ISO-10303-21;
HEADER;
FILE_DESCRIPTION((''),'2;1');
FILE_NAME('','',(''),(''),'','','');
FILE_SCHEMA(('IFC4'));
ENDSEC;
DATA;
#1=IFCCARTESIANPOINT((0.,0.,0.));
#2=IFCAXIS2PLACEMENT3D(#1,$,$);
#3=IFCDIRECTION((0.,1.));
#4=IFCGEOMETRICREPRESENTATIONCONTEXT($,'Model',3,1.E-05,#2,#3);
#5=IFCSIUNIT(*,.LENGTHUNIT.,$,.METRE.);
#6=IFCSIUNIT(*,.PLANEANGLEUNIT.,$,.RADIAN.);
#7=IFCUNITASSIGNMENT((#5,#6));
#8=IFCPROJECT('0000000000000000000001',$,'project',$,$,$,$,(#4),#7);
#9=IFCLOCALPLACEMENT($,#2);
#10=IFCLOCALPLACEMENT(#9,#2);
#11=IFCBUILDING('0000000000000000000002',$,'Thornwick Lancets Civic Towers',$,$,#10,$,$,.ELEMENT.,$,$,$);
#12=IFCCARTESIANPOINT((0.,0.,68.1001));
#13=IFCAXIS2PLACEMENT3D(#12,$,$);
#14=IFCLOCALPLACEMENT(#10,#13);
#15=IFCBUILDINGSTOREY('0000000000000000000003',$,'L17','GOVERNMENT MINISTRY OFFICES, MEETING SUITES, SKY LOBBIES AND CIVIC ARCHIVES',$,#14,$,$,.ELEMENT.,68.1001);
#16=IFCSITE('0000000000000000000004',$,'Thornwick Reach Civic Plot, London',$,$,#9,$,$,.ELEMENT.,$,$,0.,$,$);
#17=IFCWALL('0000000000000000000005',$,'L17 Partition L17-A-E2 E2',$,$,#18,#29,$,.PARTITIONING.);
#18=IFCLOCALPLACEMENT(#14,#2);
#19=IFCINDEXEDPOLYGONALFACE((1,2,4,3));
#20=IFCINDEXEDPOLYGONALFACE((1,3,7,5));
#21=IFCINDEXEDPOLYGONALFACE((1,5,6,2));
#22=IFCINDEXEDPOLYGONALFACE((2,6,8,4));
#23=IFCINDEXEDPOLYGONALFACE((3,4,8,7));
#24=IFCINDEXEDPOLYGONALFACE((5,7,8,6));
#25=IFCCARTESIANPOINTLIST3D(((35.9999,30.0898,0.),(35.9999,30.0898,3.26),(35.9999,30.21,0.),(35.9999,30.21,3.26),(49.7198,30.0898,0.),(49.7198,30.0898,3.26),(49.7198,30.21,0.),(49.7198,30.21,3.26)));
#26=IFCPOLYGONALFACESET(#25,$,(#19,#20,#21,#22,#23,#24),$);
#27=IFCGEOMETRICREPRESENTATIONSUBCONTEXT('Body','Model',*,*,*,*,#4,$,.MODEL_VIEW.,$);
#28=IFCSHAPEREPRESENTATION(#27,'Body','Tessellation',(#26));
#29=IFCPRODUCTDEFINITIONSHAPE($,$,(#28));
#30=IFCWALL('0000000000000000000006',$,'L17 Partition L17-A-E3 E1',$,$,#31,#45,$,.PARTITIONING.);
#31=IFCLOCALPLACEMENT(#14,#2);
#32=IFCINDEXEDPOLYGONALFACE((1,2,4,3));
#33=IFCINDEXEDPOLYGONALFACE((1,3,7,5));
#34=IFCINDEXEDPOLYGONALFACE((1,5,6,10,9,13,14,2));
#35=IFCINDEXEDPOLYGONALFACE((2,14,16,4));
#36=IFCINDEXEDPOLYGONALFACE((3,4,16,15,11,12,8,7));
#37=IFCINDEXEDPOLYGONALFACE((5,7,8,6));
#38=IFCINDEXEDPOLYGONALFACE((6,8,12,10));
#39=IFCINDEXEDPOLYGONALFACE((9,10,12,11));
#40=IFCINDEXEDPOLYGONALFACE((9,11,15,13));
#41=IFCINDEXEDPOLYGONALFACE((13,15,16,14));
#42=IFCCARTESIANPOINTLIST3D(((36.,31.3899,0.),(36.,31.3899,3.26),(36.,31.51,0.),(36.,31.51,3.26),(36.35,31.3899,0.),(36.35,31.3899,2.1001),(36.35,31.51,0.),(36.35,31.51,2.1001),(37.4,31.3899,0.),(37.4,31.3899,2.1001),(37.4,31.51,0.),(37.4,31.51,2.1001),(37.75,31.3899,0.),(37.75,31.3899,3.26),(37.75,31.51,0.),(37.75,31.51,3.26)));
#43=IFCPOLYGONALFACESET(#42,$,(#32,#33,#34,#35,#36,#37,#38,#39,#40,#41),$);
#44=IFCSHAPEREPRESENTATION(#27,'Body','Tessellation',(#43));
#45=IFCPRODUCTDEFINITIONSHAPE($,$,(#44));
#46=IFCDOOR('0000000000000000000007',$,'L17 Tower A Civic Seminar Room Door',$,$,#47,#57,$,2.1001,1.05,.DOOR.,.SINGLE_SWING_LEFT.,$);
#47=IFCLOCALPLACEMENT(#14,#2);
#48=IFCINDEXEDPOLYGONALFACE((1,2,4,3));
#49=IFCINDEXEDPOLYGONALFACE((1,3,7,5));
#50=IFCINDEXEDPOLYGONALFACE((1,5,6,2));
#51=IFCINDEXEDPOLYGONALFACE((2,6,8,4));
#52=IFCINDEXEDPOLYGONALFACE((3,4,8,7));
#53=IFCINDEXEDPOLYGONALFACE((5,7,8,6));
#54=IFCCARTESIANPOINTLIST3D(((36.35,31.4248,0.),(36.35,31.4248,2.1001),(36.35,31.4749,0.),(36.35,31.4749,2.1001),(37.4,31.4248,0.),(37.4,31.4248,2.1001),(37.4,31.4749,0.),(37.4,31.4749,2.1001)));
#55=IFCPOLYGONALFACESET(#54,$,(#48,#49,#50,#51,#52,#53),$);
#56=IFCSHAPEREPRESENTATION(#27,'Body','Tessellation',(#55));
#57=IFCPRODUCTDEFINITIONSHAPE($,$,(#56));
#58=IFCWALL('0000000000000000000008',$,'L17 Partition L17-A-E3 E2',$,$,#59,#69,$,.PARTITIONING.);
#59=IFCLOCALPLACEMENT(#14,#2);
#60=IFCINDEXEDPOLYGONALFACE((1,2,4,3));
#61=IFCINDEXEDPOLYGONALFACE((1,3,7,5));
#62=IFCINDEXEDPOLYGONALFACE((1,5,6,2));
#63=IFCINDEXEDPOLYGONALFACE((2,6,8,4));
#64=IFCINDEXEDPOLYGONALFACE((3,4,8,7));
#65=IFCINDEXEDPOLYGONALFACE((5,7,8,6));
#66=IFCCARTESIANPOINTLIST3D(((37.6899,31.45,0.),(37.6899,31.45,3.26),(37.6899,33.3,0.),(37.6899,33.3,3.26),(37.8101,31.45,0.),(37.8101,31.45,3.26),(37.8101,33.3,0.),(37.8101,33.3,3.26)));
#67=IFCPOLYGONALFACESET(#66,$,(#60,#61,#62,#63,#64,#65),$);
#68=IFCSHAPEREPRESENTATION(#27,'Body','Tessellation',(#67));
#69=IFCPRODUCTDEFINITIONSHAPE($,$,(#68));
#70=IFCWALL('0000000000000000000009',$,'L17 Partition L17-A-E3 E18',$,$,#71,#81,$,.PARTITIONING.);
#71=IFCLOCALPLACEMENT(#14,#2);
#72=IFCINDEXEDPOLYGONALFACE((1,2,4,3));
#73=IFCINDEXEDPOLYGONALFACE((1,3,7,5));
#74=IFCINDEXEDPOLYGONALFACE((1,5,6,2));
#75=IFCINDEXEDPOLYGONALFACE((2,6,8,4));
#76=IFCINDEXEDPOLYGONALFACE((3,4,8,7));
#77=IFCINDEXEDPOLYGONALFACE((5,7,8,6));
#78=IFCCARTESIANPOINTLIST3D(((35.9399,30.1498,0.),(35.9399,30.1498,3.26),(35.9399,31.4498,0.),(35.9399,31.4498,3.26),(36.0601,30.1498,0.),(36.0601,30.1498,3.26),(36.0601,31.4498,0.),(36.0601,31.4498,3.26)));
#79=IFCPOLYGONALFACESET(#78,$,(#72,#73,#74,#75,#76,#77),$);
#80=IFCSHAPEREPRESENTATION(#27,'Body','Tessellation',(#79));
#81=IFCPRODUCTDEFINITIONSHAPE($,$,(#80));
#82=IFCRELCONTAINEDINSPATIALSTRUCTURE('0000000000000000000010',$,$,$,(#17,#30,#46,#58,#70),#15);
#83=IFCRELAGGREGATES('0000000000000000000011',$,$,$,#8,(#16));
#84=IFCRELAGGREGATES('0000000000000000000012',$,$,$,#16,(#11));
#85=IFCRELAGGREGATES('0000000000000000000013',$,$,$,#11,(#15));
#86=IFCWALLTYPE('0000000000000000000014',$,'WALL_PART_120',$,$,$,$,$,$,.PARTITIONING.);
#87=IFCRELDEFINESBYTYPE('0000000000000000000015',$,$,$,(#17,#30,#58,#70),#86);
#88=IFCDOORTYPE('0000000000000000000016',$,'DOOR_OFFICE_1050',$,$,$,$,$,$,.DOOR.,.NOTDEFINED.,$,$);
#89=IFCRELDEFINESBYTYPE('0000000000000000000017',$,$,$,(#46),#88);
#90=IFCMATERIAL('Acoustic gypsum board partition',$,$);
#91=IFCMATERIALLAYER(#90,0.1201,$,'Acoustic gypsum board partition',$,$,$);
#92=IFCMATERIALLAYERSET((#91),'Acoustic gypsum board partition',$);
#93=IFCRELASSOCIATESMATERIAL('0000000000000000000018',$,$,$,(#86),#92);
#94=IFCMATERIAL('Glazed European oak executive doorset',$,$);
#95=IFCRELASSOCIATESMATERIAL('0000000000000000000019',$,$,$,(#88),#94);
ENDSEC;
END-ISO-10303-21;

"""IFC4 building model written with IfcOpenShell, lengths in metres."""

from ifc_helpers import new_model, si_unit, direction, frame, frame_2d, origin, place, context, subcontext, project, spatial, rectangle, extrude, material, layer, layer_set, type_object, element, fill, save


model = new_model("IFC4")

# Units and contexts
model_context = context("Model", 3, precision=1e-05, world=origin(), true_north=direction((0.0, 1.0)))
body_context = subcontext(model_context, "Body", "Model", "MODEL_VIEW")
ifc_project = project(units=[si_unit("LENGTHUNIT", "METRE"), si_unit("PLANEANGLEUNIT", "RADIAN")], contexts=[model_context])

# Site, building, storey
site_placement = place(None, origin())
site = spatial("IfcSite", under=ifc_project, at=site_placement, Name="Thornwick Reach Civic Plot, London", CompositionType="ELEMENT", RefElevation=0.0)
building_placement = place(site_placement, origin())
building = spatial("IfcBuilding", under=site, at=building_placement, Name="Thornwick Lancets Civic Towers", CompositionType="ELEMENT")
storey_placement = place(building_placement, frame((0.0, 0.0, 68.1001)))
storey = spatial("IfcBuildingStorey", under=building, at=storey_placement, Name="L17", Description="GOVERNMENT MINISTRY OFFICES, MEETING SUITES, SKY LOBBIES AND CIVIC ARCHIVES", CompositionType="ELEMENT", Elevation=68.1001)

# Shared definitions
ifc_material_1 = material(Name="Acoustic gypsum board partition")
ifc_layer = layer(ifc_material_1, 0.1201, Name="Acoustic gypsum board partition")
ifc_layer_set = layer_set([ifc_layer], Name="Acoustic gypsum board partition")
wall_type = type_object("IfcWallType", Name="WALL_PART_120", PredefinedType="PARTITIONING", material=ifc_layer_set)

# Shared definitions
ifc_material_2 = material(Name="Glazed European oak executive doorset")
door_type_1 = type_object("IfcDoorType", Name="DOOR_OFFICE_1050", OperationType="NOTDEFINED", PredefinedType="DOOR", material=ifc_material_2)

# Wall
wall_1_placement = place(storey_placement, frame((36.0, 30.1499, 0.0), z_axis=(0.0, 0.0, 1.0), x_axis=(1.0, 0.0, 0.0)))
element("IfcWall", 1, at=wall_1_placement, inside=storey, type_object=wall_type, Name="L17 Partition L17-A-E2 E2", PredefinedType="PARTITIONING", context=body_context, shape_type="SweptSolid", body=[
    extrude(rectangle(XDim=13.72, YDim=0.1201, at=frame_2d((6.8599, 0.0))), origin(), (0.0, 0.0, 1.0), 3.26),
])

# Wall, opening, door
wall_2_placement = place(storey_placement, frame((36.0, 31.45, 0.0), z_axis=(0.0, 0.0, 1.0), x_axis=(1.0, 0.0, 0.0)))
wall_2 = element("IfcWall", 2, at=wall_2_placement, inside=storey, type_object=wall_type, Name="L17 Partition L17-A-E3 E1", PredefinedType="PARTITIONING", context=body_context, shape_type="SweptSolid", body=[
    extrude(rectangle(XDim=1.75, YDim=0.1201, at=frame_2d((0.875, 0.0))), origin(), (0.0, 0.0, 1.0), 3.26),
])
opening_1_placement = place(wall_2_placement, frame((0.3501, 0.0, 0.0)))
opening_1 = element("IfcOpeningElement", 3, at=opening_1_placement, cuts=wall_2, PredefinedType="OPENING", context=body_context, shape_type="SweptSolid", body=[
    extrude(rectangle(XDim=1.05, YDim=2.1001, at=frame_2d((0.5249, 1.05))), frame((0.0, 0.0701, 0.0), z_axis=(0.0, -1.0, 0.0), x_axis=(1.0, 0.0, 0.0)), (0.0, 0.0, 1.0), 0.1401),
])
door_1_placement = place(opening_1_placement, origin())
door_1 = element("IfcDoor", 4, at=door_1_placement, inside=storey, type_object=door_type_1, Name="L17 Tower A Civic Seminar Room Door", OperationType="SINGLE_SWING_LEFT", OverallHeight=2.1001, OverallWidth=1.05, PredefinedType="DOOR", context=body_context, shape_type="SweptSolid", body=[
    extrude(rectangle(XDim=1.05, YDim=2.1001, at=frame_2d((0.5249, 1.05))), frame((0.0, 0.0249, 0.0), z_axis=(0.0, -1.0, 0.0), x_axis=(1.0, 0.0, 0.0)), (0.0, 0.0, 1.0), 0.05),
])
fill(opening_1, door_1)

# Walls
wall_3_placement = place(storey_placement, frame((37.75, 31.45, 0.0), z_axis=(0.0, 0.0, 1.0), x_axis=(0.0, 1.0, 0.0)))
element("IfcWall", 5, at=wall_3_placement, inside=storey, type_object=wall_type, Name="L17 Partition L17-A-E3 E2", PredefinedType="PARTITIONING", context=body_context, shape_type="SweptSolid", body=[
    extrude(rectangle(XDim=1.8501, YDim=0.1201, at=frame_2d((0.925, 0.0))), origin(), (0.0, 0.0, 1.0), 3.26),
])
wall_4_placement = place(storey_placement, frame((36.0, 30.1499, 0.0), z_axis=(0.0, 0.0, 1.0), x_axis=(0.0, 1.0, 0.0)))
element("IfcWall", 6, at=wall_4_placement, inside=storey, type_object=wall_type, Name="L17 Partition L17-A-E3 E18", PredefinedType="PARTITIONING", context=body_context, shape_type="SweptSolid", body=[
    extrude(rectangle(XDim=1.3, YDim=0.1201, at=frame_2d((0.6499, 0.0))), origin(), (0.0, 0.0, 1.0), 3.26),
])

save(model, "model.ifc")
